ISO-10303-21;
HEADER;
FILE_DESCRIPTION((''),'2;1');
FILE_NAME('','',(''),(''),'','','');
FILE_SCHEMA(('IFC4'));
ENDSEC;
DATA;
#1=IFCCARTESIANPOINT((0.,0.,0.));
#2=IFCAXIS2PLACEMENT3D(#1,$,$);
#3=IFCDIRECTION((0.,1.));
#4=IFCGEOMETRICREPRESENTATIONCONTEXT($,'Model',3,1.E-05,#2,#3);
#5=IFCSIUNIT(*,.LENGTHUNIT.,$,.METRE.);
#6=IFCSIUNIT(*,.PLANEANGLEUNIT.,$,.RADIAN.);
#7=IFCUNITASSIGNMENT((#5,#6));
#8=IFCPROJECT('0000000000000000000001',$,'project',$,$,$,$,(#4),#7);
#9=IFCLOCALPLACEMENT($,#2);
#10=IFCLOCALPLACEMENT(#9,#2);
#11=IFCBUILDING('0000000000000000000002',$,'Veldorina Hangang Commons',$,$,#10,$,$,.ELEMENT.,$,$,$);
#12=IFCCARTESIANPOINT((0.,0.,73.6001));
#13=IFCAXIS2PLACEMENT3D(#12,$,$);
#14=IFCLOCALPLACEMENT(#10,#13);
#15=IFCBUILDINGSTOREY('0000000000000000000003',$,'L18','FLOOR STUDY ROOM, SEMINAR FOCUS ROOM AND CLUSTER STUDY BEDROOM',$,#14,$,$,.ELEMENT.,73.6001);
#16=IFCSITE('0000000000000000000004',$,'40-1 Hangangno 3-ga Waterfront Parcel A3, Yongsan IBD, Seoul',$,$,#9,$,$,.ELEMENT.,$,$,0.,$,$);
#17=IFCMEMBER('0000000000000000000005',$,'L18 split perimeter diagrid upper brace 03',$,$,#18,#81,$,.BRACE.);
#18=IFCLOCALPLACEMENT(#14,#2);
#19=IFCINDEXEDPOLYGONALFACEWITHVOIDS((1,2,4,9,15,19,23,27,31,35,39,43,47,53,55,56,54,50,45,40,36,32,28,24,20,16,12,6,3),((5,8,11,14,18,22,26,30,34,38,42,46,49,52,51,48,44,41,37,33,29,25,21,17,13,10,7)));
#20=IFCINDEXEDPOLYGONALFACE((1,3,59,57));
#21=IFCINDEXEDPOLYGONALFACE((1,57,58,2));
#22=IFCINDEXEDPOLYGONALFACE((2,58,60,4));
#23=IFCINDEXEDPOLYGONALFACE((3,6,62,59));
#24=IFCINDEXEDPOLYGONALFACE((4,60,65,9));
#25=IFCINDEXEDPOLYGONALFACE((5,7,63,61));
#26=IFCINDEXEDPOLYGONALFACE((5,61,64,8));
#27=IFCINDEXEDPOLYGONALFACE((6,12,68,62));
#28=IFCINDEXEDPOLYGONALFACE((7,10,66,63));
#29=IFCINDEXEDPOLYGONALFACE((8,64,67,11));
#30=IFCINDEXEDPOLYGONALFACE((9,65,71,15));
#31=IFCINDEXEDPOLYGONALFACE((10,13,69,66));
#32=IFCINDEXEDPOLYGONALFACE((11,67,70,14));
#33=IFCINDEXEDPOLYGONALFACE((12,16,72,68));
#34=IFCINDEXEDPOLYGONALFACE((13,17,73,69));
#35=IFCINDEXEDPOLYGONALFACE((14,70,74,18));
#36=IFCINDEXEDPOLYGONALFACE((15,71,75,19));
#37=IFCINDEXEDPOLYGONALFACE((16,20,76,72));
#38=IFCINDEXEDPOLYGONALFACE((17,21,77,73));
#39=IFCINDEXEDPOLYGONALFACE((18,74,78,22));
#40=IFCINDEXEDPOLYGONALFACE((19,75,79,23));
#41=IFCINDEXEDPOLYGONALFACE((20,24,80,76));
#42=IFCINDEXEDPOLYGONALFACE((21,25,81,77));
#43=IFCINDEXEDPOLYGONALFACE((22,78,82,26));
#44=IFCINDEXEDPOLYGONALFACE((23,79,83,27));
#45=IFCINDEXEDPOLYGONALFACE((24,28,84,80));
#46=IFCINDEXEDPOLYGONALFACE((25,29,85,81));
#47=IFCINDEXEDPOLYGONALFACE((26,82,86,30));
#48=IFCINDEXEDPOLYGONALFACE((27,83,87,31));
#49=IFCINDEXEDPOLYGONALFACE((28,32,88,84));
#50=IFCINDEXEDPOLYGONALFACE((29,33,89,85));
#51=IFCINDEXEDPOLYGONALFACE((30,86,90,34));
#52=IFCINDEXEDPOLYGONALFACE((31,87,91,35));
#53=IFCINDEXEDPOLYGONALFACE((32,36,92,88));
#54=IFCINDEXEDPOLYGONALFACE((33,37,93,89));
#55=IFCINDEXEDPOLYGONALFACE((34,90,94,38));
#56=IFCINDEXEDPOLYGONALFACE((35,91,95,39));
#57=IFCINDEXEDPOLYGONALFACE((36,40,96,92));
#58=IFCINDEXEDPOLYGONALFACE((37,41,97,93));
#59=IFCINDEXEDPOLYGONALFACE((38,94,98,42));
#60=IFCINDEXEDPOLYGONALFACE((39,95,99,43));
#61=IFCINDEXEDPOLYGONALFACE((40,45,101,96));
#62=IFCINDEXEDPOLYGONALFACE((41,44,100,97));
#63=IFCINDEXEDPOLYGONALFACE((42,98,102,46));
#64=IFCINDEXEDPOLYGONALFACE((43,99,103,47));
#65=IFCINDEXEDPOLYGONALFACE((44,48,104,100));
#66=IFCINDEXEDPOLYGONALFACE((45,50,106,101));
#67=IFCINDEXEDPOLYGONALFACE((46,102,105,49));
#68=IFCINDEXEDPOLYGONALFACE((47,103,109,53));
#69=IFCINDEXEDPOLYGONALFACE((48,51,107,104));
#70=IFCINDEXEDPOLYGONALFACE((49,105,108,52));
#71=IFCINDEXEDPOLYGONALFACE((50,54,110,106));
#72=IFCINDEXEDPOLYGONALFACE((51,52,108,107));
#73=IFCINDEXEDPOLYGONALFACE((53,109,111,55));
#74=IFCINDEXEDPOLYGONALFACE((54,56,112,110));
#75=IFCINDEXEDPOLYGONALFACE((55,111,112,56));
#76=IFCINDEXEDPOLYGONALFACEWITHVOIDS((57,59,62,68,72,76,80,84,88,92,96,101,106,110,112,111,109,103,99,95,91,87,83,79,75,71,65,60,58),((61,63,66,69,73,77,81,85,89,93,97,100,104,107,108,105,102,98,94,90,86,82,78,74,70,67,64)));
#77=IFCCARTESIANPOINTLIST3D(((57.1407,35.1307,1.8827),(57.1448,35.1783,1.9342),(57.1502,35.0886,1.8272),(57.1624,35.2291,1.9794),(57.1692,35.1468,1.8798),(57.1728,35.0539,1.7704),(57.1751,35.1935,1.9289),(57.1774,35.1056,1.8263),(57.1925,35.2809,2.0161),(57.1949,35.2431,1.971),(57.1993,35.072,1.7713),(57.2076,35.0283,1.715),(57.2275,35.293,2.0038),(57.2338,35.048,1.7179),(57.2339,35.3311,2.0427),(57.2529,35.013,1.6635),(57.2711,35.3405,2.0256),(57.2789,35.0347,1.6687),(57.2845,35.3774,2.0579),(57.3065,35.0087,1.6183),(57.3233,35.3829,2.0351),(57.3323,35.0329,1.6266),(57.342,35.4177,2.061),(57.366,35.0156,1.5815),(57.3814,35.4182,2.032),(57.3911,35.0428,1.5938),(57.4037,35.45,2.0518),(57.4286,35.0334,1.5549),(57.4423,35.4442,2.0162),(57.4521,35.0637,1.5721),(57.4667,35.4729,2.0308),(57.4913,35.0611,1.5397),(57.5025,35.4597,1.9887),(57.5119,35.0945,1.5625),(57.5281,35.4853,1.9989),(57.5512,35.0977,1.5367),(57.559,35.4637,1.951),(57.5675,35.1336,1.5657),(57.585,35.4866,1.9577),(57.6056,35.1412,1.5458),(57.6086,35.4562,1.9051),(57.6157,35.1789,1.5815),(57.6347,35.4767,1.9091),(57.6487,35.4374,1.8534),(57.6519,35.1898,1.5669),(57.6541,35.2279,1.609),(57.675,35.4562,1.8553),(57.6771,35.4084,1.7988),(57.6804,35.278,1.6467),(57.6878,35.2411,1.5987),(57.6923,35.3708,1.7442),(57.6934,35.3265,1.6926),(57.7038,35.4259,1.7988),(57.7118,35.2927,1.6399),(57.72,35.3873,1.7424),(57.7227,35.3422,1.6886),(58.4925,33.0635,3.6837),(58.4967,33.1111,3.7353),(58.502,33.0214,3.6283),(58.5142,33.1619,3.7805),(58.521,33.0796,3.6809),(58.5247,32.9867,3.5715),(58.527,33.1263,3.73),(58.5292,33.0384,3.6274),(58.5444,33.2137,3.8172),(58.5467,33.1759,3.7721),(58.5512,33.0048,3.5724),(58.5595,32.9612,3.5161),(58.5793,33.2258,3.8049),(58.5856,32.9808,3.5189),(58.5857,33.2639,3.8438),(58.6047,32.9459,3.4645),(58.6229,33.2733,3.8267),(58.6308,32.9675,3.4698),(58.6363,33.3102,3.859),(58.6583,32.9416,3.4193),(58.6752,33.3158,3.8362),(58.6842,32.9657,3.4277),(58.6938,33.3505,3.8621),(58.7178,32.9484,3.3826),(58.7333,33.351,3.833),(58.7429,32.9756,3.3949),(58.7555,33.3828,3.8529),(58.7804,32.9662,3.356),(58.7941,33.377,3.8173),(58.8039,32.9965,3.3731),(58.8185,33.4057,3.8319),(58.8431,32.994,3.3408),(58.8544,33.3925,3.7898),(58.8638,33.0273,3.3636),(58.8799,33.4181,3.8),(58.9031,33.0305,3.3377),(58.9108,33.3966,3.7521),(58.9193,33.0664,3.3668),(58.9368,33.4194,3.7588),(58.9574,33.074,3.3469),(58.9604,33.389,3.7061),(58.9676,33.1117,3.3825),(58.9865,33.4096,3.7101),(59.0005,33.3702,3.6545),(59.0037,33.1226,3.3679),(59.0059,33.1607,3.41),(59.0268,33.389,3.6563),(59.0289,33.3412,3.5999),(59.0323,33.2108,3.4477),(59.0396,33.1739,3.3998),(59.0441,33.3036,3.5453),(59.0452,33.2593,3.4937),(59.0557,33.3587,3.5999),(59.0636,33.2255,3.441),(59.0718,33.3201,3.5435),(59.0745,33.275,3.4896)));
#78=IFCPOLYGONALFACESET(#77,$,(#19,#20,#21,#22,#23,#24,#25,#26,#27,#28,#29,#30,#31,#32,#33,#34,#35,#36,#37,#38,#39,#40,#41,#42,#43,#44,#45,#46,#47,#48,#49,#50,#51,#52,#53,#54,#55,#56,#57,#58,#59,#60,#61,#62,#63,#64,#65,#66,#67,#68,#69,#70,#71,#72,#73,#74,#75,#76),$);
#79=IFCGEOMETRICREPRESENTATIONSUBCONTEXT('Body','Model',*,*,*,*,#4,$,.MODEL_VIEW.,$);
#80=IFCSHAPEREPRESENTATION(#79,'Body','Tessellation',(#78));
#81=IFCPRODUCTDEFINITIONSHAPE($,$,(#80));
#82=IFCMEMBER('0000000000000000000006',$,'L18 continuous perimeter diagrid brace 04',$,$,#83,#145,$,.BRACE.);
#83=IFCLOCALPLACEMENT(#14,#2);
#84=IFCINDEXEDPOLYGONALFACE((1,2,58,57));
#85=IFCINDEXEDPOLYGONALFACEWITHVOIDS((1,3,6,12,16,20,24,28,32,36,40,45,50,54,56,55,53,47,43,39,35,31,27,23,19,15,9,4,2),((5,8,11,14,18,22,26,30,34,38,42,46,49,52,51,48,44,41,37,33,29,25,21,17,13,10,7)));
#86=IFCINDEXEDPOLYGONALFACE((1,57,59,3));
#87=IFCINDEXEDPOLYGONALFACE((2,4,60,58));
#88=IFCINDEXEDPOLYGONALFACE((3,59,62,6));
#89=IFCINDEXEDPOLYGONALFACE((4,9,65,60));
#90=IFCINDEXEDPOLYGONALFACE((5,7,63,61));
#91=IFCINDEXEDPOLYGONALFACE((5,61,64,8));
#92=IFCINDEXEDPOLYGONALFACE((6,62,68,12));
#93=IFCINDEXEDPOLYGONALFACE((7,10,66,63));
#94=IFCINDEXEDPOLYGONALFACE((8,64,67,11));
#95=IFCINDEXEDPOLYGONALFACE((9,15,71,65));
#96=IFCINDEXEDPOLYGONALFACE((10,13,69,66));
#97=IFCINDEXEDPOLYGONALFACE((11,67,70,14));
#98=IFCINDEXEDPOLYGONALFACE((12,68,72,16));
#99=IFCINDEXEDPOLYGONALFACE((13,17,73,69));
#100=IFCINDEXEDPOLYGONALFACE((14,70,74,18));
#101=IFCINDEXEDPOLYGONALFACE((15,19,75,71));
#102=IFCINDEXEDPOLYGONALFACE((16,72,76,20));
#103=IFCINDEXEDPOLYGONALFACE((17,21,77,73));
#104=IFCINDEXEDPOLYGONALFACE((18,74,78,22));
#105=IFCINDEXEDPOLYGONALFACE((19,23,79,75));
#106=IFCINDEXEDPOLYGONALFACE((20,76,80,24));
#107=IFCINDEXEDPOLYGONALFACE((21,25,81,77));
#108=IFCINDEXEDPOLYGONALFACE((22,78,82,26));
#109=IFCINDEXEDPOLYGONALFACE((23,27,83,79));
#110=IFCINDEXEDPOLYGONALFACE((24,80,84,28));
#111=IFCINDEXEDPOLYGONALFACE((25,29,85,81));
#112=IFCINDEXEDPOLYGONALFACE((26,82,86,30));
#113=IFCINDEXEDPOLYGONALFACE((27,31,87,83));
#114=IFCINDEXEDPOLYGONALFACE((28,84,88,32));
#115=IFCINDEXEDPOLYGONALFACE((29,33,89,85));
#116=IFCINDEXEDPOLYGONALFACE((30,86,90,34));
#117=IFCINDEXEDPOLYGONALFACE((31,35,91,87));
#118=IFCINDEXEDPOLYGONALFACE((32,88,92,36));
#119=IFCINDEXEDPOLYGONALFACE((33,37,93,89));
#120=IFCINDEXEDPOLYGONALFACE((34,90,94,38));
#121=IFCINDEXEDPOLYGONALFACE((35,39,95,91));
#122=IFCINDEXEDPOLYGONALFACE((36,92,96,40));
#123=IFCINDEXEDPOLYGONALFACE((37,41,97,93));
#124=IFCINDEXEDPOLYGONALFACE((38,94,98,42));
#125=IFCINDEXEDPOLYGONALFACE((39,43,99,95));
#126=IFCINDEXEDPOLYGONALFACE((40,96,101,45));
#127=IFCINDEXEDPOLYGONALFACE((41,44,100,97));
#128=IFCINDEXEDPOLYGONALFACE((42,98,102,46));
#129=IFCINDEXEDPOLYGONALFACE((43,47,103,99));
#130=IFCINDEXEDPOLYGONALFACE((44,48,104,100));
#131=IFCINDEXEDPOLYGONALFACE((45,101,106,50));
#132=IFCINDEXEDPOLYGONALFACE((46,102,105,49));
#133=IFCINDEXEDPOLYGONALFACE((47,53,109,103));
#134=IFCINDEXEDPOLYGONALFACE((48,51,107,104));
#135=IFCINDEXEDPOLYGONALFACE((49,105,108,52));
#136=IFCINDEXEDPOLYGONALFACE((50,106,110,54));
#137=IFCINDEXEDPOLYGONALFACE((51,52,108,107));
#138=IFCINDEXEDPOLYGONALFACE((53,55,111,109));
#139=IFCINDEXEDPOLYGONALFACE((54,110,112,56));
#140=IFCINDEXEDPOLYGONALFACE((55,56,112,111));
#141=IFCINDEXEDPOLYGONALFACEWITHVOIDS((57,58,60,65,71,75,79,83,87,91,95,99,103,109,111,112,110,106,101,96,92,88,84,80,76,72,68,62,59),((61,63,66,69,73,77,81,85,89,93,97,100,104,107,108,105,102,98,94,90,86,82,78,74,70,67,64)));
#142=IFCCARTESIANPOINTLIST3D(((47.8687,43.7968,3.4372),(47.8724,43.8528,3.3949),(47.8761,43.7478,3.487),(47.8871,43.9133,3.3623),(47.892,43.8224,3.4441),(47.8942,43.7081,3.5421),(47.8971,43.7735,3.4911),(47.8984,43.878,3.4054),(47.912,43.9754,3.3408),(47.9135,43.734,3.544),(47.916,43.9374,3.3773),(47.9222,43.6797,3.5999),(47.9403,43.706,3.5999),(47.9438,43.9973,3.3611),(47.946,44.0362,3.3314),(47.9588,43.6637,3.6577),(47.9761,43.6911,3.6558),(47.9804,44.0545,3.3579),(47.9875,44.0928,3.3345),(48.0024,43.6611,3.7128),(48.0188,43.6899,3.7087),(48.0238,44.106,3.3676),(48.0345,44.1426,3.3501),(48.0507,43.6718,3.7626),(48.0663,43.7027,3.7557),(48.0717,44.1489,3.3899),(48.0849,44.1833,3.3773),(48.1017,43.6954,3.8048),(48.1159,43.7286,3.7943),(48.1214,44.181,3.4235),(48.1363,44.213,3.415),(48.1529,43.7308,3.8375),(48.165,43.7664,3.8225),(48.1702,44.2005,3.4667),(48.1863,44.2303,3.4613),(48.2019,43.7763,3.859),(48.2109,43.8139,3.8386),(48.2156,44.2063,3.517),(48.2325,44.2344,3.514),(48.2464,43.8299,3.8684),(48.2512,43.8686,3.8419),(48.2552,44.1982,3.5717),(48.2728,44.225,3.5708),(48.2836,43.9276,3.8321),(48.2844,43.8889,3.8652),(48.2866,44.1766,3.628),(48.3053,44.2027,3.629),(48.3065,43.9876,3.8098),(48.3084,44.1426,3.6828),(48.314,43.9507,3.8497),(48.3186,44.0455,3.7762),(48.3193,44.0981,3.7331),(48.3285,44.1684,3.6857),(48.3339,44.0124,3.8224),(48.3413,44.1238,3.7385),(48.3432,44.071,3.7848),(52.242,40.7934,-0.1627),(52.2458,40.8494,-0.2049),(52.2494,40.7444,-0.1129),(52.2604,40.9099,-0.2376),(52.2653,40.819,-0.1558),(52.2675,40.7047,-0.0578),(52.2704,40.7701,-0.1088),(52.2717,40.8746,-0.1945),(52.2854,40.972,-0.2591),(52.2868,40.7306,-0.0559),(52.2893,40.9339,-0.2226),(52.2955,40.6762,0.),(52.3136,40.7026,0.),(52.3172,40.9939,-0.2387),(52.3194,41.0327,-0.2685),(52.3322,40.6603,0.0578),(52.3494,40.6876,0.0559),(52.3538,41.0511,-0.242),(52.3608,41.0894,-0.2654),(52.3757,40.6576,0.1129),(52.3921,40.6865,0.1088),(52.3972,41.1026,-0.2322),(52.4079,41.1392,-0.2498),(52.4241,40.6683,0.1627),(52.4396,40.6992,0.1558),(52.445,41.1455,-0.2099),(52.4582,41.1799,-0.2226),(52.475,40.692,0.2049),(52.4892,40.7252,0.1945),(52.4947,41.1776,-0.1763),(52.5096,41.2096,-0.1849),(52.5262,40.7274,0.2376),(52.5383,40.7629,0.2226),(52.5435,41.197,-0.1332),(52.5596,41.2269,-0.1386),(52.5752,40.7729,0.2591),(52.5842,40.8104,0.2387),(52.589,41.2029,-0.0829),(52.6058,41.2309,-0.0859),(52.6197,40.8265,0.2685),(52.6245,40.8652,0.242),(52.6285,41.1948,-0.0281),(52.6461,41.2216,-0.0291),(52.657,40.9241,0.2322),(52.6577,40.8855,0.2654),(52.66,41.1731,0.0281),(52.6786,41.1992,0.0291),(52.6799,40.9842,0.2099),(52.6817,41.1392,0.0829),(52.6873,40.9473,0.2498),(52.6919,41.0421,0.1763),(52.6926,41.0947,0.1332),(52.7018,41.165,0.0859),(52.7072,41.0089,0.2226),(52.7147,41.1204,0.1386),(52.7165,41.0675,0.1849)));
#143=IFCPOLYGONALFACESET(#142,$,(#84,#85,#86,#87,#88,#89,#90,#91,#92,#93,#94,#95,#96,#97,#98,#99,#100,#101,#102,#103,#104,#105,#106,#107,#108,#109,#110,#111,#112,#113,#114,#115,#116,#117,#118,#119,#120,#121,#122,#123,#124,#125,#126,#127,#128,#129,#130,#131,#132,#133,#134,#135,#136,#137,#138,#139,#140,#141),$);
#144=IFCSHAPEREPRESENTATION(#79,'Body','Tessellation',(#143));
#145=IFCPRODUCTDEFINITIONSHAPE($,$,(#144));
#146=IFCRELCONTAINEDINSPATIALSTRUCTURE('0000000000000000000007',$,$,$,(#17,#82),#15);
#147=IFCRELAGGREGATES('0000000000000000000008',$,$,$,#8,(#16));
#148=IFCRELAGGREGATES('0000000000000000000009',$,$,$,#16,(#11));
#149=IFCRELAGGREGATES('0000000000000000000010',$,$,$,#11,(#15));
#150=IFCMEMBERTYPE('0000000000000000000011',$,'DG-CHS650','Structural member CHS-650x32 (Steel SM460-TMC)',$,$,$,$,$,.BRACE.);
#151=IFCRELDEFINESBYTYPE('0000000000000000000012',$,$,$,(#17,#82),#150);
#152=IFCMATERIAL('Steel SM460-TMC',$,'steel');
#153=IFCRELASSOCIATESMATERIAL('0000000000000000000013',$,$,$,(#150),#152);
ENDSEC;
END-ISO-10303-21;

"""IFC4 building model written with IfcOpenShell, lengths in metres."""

from ifc_helpers import new_model, si_unit, direction, frame, origin, origin_2d, place, context, subcontext, project, spatial, hollow_circle, extrude, material, material_profile, profile_set, type_object, element, save


model = new_model("IFC4")

# Units and contexts
model_context = context("Model", 3, precision=1e-05, world=origin(), true_north=direction((0.0, 1.0)))
body_context = subcontext(model_context, "Body", "Model", "MODEL_VIEW")
ifc_project = project(units=[si_unit("LENGTHUNIT", "METRE"), si_unit("PLANEANGLEUNIT", "RADIAN")], contexts=[model_context])

# Site, building, storey
site_placement = place(None, origin())
site = spatial("IfcSite", under=ifc_project, at=site_placement, Name="40-1 Hangangno 3-ga Waterfront Parcel A3, Yongsan IBD, Seoul", CompositionType="ELEMENT", RefElevation=0.0)
building_placement = place(site_placement, origin())
building = spatial("IfcBuilding", under=site, at=building_placement, Name="Veldorina Hangang Commons", CompositionType="ELEMENT")
storey_placement = place(building_placement, frame((0.0, 0.0, 73.6001)))
storey = spatial("IfcBuildingStorey", under=building, at=storey_placement, Name="L18", Description="FLOOR STUDY ROOM, SEMINAR FOCUS ROOM AND CLUSTER STUDY BEDROOM", CompositionType="ELEMENT", Elevation=73.6001)

# Members
ifc_material_1 = material(Name="Steel SM460-TMC", Category="steel")
ifc_material_profile_1 = material_profile(ifc_material_1, hollow_circle(Radius=0.325, WallThickness=0.032, at=origin_2d()), Name="CHS-650x32")
ifc_profile_set_1 = profile_set([ifc_material_profile_1], Name="Steel SM460-TMC")
member_type = type_object("IfcMemberType", Name="DG-CHS650", Description="Structural member CHS-650x32 (Steel SM460-TMC)", PredefinedType="BRACE", material=ifc_profile_set_1)
member_1_placement = place(storey_placement, frame((57.4319, 35.248, 1.7988), z_axis=(0.442227, -0.676239, 0.589183), x_axis=(0.83693, 0.547311, 0.0)))
element("IfcMember", 1, at=member_1_placement, inside=storey, type_object=member_type, Name="L18 split perimeter diagrid upper brace 03", PredefinedType="BRACE", context=body_context, shape_type="SweptSolid", body=[
    extrude(hollow_circle(Radius=0.325, WallThickness=0.032, at=origin_2d()), origin(), (0.0, 0.0, 1.0), 3.0569),
])
member_2_placement = place(storey_placement, frame((52.4795, 40.9441, 0.0), z_axis=(-0.682119, 0.468455, 0.561483), x_axis=(-0.566117, -0.824325, 0.0)))
element("IfcMember", 2, at=member_2_placement, inside=storey, type_object=member_type, Name="L18 continuous perimeter diagrid brace 04", PredefinedType="BRACE", context=body_context, shape_type="SweptSolid", body=[
    extrude(hollow_circle(Radius=0.325, WallThickness=0.032, at=origin_2d()), origin(), (0.0, 0.0, 1.0), 6.4114),
])

save(model, "model.ifc")
